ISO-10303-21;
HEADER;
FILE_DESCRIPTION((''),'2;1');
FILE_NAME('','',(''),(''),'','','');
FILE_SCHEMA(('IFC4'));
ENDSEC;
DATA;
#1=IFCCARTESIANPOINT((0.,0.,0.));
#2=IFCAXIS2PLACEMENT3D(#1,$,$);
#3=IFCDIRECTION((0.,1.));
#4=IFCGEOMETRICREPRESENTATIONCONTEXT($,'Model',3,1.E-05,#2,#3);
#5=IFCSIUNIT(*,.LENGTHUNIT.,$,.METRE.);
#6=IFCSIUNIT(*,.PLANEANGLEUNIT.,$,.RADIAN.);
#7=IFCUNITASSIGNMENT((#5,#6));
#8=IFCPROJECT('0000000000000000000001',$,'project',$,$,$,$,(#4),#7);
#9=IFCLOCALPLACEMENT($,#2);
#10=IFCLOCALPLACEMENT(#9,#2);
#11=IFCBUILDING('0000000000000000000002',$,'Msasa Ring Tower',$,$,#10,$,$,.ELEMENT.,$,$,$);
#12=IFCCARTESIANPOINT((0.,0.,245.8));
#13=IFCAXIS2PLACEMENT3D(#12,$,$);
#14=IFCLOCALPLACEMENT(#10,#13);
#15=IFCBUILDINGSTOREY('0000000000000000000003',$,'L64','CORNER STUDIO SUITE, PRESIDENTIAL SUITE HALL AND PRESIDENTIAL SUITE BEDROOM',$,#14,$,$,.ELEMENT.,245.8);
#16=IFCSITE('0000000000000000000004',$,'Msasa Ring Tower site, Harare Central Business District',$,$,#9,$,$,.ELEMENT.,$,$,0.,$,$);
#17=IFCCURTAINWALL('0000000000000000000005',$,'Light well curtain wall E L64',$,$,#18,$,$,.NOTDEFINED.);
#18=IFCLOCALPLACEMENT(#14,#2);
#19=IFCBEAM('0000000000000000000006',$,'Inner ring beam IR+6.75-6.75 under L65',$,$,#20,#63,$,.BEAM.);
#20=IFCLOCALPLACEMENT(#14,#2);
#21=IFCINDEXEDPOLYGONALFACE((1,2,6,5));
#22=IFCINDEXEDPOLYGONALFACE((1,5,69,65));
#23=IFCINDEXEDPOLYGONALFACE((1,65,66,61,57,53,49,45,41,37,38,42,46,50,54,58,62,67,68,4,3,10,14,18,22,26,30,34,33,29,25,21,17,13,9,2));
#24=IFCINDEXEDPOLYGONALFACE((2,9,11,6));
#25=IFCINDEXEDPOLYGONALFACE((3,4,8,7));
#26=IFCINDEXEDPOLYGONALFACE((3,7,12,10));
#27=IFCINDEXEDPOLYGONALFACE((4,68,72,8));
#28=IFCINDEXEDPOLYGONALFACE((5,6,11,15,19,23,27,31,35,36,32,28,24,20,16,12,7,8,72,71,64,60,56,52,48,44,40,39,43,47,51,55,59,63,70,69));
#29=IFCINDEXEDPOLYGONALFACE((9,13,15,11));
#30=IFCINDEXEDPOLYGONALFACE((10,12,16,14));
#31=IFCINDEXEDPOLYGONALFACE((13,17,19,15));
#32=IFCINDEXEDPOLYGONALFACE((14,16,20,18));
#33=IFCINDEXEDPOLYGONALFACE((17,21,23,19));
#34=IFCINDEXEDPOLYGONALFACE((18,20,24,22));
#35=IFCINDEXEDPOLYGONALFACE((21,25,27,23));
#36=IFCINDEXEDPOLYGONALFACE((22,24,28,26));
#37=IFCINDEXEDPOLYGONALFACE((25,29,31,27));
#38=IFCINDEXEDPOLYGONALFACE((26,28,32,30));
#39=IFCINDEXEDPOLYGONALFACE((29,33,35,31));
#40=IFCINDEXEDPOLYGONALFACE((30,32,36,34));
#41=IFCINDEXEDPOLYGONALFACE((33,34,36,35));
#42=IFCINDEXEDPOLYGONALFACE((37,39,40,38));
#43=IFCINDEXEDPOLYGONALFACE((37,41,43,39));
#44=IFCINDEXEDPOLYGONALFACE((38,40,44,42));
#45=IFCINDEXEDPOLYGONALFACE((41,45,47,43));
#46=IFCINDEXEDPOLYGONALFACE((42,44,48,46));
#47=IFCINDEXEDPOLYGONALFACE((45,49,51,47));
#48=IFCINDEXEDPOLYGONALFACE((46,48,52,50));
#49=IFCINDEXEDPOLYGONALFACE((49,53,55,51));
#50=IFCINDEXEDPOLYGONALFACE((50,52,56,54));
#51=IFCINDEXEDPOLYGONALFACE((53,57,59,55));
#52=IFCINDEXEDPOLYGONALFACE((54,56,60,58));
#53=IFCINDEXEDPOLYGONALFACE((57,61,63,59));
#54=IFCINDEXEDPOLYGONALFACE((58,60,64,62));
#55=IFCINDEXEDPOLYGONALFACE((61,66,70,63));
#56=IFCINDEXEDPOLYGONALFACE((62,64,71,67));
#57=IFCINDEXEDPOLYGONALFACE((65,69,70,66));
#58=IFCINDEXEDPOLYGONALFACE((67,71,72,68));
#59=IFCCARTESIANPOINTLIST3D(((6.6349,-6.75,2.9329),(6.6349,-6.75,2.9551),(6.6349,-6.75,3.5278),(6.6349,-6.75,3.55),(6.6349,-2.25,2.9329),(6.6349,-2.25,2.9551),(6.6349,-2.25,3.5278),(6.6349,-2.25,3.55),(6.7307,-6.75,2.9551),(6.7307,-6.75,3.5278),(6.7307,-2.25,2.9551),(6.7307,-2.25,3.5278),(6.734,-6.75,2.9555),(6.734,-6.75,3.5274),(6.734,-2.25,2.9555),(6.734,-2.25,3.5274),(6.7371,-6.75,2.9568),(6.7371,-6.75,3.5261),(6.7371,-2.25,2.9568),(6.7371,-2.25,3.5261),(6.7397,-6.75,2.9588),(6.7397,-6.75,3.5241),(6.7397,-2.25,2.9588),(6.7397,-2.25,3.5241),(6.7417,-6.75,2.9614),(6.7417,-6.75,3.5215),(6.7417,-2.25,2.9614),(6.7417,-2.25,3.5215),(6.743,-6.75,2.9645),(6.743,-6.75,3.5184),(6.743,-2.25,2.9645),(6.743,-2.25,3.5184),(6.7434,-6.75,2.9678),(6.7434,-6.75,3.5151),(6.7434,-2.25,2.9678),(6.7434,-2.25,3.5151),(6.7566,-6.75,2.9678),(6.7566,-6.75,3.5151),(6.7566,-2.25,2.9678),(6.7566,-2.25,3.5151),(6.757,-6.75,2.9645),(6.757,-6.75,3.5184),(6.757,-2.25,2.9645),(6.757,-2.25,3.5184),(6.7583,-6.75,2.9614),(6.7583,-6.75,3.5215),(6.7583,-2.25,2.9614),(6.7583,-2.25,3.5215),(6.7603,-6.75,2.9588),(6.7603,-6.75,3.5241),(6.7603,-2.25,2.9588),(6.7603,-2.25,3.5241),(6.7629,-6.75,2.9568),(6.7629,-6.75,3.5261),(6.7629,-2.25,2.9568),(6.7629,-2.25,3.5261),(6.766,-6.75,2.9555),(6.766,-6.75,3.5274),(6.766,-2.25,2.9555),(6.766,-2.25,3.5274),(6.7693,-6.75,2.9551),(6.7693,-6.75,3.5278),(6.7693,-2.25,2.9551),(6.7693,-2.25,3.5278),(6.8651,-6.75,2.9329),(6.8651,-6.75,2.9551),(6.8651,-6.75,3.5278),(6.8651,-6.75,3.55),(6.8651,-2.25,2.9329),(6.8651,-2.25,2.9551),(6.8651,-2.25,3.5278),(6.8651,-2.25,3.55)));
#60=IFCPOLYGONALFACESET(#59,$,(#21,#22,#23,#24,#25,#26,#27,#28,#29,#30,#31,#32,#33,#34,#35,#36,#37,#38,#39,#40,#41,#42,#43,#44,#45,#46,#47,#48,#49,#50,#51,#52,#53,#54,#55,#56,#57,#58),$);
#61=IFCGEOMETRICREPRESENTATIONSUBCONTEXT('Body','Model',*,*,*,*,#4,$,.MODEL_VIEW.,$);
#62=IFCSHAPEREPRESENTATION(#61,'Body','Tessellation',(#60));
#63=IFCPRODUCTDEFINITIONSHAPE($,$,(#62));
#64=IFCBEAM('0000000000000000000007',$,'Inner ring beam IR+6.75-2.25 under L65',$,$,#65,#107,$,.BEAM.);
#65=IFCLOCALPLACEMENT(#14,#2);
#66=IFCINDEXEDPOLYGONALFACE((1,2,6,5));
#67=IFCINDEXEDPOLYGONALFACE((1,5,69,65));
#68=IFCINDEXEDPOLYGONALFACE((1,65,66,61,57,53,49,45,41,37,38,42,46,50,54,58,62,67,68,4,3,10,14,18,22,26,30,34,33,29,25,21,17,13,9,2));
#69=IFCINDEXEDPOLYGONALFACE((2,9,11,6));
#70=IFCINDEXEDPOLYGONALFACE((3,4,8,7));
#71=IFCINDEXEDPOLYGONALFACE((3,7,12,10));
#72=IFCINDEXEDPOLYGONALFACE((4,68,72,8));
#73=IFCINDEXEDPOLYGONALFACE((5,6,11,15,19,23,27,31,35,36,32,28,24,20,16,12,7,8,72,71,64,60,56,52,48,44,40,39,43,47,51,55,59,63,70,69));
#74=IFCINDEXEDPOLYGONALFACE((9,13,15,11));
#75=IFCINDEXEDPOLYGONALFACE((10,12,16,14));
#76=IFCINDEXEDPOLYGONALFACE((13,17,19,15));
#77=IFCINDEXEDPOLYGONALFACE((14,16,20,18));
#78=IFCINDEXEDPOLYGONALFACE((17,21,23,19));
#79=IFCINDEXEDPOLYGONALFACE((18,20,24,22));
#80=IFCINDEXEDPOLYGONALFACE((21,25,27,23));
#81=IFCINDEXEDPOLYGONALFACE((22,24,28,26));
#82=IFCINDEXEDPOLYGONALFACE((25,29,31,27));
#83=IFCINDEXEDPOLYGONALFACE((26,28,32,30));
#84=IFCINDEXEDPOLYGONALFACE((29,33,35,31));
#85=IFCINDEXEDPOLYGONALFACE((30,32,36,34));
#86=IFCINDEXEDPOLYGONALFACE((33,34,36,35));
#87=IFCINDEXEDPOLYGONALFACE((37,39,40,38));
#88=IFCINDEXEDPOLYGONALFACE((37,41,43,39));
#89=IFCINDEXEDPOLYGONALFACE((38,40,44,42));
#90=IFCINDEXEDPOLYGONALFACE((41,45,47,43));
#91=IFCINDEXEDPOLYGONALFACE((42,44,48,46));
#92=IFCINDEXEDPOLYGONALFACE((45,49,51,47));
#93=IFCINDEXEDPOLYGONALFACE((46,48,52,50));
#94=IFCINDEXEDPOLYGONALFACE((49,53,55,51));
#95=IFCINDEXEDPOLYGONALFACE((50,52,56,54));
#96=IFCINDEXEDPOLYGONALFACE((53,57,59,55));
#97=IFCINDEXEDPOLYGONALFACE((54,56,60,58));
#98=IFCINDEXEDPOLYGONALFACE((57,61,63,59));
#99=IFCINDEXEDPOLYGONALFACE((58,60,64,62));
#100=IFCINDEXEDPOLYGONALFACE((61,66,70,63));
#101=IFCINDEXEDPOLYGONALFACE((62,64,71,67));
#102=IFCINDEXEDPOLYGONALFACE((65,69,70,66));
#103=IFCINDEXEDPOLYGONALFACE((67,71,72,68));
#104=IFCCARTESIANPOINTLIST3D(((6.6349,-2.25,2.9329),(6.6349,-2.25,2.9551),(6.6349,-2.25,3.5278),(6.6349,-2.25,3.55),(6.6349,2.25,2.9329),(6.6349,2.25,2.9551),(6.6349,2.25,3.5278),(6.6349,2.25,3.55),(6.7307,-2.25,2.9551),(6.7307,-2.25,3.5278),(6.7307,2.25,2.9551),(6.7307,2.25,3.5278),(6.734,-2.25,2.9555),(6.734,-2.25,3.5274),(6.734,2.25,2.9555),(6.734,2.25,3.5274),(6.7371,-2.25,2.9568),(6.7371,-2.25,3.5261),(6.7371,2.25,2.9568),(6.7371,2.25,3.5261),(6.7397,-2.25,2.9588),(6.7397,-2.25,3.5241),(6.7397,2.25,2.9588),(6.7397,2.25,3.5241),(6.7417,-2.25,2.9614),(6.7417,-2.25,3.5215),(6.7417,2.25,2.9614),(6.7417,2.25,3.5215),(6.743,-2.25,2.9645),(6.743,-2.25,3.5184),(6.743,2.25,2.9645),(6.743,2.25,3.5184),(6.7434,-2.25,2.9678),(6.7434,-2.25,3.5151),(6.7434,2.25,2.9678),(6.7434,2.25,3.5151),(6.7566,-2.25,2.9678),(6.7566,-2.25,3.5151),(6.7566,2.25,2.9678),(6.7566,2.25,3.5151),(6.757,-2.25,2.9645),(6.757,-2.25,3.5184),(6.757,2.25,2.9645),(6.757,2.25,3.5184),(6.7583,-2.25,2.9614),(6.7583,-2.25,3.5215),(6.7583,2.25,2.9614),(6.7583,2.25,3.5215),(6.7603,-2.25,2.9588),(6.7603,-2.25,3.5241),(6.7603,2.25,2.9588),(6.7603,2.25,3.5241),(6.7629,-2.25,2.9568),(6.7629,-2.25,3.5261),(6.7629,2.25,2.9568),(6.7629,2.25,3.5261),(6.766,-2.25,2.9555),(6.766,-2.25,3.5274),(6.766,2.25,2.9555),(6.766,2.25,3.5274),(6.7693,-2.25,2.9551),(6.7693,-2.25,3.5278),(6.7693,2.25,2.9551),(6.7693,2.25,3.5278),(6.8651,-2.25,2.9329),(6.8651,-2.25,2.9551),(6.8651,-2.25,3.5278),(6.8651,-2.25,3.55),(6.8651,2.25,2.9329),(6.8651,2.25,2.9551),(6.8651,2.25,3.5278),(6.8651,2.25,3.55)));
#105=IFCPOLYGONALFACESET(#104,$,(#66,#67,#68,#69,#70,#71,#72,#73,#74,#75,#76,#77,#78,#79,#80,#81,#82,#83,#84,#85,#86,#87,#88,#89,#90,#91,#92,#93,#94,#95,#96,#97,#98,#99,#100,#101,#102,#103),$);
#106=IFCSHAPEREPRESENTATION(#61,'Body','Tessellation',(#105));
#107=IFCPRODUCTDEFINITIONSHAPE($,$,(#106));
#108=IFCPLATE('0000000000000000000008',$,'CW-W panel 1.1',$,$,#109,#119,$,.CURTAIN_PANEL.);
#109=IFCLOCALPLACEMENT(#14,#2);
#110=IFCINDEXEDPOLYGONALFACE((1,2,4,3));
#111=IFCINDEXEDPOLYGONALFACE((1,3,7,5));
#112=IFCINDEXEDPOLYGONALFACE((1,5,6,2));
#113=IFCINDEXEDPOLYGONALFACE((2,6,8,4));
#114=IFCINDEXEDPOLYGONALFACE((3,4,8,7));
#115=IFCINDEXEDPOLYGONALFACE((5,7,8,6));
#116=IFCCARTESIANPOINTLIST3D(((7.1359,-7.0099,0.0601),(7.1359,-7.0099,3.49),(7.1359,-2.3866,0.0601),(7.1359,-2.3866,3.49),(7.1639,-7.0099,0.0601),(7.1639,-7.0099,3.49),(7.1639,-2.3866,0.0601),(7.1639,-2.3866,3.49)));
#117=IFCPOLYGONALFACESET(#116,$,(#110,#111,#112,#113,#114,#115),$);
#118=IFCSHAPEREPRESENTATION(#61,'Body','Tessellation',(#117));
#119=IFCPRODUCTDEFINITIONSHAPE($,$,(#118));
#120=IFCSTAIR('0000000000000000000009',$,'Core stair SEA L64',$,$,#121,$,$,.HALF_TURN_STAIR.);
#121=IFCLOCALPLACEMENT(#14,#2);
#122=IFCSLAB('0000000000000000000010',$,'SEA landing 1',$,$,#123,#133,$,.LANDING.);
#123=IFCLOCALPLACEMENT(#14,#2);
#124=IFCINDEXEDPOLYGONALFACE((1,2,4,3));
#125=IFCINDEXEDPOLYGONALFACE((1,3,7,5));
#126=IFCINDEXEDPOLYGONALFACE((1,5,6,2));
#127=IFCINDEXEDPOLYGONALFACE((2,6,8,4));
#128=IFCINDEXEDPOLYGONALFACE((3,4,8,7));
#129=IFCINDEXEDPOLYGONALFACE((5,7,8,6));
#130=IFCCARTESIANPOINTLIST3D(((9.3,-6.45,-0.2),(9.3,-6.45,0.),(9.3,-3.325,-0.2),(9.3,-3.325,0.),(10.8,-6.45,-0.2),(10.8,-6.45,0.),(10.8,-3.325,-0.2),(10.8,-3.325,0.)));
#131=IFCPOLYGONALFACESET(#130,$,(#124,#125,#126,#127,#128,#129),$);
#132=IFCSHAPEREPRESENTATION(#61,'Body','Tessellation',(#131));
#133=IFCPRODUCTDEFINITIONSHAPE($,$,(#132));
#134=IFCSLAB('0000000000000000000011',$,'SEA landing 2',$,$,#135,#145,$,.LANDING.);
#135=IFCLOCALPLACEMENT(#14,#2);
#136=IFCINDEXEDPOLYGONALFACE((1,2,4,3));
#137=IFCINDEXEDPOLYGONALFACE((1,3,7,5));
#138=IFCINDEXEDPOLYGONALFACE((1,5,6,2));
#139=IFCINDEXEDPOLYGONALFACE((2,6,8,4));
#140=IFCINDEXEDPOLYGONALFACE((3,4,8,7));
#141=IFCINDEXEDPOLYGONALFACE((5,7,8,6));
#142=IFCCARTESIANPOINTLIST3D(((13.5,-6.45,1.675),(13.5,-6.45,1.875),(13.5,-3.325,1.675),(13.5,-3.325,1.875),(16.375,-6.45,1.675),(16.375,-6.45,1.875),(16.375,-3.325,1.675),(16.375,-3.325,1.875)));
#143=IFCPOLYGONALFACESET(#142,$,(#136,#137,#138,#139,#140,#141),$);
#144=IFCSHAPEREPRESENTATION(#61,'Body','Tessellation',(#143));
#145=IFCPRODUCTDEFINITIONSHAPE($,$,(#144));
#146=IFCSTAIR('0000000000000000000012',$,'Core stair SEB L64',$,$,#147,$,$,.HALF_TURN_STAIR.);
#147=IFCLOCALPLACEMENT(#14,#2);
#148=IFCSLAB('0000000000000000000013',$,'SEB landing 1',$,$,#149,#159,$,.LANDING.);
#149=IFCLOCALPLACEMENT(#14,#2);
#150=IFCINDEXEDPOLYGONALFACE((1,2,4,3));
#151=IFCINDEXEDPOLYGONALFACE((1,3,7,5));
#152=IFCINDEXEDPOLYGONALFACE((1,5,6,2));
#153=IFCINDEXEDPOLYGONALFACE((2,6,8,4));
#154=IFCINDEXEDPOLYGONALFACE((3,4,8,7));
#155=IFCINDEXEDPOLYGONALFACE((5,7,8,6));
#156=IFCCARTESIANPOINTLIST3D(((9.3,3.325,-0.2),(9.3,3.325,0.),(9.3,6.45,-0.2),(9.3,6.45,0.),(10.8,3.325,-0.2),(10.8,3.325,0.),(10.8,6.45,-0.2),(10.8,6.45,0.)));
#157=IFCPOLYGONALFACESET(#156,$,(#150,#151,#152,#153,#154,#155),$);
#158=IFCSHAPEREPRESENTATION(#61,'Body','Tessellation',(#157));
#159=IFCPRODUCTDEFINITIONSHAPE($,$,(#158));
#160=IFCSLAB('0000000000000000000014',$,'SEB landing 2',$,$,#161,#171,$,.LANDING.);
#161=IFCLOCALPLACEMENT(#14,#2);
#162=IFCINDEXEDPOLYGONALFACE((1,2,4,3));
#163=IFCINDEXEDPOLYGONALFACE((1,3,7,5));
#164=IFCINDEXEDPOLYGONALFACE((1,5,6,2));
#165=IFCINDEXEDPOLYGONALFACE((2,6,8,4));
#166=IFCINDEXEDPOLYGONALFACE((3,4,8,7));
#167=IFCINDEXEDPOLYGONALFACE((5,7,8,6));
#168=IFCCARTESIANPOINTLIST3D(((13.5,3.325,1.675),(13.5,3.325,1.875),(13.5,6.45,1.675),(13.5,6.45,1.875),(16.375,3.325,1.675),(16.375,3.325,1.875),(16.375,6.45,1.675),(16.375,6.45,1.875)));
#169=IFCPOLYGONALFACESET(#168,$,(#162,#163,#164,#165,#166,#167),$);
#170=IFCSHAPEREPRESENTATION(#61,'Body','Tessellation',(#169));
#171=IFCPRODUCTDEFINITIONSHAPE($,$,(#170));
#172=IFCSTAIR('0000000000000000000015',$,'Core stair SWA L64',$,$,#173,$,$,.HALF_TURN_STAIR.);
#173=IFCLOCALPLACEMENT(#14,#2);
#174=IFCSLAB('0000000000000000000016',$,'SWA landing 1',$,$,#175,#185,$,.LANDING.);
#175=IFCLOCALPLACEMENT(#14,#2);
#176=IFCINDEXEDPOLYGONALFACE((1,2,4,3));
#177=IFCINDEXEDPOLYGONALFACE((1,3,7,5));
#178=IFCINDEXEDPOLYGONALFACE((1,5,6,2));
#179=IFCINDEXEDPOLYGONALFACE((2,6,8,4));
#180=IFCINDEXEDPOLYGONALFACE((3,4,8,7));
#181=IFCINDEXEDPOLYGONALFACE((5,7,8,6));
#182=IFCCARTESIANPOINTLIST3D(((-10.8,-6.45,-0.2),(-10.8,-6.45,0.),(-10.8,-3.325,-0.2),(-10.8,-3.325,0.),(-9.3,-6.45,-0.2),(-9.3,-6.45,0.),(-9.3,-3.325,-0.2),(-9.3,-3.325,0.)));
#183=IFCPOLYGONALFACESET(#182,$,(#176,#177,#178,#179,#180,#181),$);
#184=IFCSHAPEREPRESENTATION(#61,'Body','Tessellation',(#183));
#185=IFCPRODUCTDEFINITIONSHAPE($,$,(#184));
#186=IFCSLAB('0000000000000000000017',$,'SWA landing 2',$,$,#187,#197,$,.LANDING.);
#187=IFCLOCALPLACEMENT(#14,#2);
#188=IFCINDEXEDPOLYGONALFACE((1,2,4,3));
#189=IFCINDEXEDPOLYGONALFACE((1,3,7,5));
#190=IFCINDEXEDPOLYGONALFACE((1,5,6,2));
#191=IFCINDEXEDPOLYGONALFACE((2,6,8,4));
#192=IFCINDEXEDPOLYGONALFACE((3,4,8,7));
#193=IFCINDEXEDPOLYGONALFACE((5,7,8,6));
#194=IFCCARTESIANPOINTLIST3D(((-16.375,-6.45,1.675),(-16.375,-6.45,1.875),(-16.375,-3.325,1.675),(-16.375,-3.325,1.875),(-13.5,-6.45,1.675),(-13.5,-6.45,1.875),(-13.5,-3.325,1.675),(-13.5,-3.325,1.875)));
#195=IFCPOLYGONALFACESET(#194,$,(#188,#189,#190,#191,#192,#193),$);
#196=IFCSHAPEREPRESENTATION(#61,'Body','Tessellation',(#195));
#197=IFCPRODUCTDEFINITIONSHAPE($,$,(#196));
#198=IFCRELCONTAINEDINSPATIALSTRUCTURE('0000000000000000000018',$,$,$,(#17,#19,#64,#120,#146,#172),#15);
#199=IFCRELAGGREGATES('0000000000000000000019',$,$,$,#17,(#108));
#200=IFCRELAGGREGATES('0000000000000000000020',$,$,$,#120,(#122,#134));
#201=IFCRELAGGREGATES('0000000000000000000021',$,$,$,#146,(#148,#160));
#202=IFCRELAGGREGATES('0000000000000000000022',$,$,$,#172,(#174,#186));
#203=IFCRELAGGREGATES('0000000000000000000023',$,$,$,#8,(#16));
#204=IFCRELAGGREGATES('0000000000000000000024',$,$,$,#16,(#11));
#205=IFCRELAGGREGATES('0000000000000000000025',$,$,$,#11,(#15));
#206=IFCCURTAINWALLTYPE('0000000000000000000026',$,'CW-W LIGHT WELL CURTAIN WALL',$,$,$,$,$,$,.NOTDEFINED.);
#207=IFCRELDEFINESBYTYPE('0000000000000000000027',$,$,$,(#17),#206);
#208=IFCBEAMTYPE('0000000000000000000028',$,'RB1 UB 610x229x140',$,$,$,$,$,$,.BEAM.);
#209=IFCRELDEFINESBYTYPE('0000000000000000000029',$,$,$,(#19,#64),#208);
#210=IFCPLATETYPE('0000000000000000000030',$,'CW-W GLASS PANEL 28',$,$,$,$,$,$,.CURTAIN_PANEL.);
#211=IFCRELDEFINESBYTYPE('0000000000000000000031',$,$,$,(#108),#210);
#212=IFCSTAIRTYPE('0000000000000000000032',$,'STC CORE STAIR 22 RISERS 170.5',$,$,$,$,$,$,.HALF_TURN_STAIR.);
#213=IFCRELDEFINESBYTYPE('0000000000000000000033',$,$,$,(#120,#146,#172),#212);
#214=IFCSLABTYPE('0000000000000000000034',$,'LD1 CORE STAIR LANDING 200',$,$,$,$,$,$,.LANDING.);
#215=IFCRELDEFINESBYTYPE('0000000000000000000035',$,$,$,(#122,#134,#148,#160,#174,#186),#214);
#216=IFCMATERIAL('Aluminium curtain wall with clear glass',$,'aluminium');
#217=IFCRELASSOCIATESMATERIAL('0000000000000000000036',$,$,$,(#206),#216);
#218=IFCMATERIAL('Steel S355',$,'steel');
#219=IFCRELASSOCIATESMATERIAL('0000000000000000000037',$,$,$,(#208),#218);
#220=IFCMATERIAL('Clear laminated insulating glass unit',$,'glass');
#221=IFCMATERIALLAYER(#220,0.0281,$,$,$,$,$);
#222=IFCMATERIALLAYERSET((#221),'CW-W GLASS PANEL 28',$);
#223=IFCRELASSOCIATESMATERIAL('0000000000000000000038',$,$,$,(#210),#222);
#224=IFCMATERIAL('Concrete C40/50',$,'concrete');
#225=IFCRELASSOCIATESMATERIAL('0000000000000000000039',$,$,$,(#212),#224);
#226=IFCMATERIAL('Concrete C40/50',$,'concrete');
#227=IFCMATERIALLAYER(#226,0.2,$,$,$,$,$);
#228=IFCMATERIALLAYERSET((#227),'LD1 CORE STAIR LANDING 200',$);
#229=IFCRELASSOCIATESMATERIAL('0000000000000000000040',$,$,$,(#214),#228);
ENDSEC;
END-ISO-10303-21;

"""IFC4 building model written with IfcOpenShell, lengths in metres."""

from ifc_helpers import new_model, si_unit, direction, frame, origin, origin_2d, place, context, subcontext, project, spatial, polyline, rectangle, i_section, outline, extrude, material, layer, layer_set, material_profile, profile_set, type_object, element, aggregate, save


model = new_model("IFC4")

# Units and contexts
model_context = context("Model", 3, precision=1e-05, world=origin(), true_north=direction((0.0, 1.0)))
body_context = subcontext(model_context, "Body", "Model", "MODEL_VIEW")
ifc_project = project(units=[si_unit("LENGTHUNIT", "METRE"), si_unit("PLANEANGLEUNIT", "RADIAN")], contexts=[model_context])

# Site, building, storey
site_placement = place(None, origin())
site = spatial("IfcSite", under=ifc_project, at=site_placement, Name="Msasa Ring Tower site, Harare Central Business District", CompositionType="ELEMENT", RefElevation=0.0)
building_placement = place(site_placement, origin())
building = spatial("IfcBuilding", under=site, at=building_placement, Name="Msasa Ring Tower", CompositionType="ELEMENT")
storey_placement = place(building_placement, frame((0.0, 0.0, 245.8)))
storey = spatial("IfcBuildingStorey", under=building, at=storey_placement, Name="L64", Description="CORNER STUDIO SUITE, PRESIDENTIAL SUITE HALL AND PRESIDENTIAL SUITE BEDROOM", CompositionType="ELEMENT", Elevation=245.8)

# Curtain wall
ifc_material_1 = material(Name="Aluminium curtain wall with clear glass", Category="aluminium")
curtain_wall_type = type_object("IfcCurtainWallType", Name="CW-W LIGHT WELL CURTAIN WALL", PredefinedType="NOTDEFINED", material=ifc_material_1)
curtain_wall_placement = place(storey_placement, origin())
curtain_wall = element("IfcCurtainWall", 1, at=curtain_wall_placement, inside=storey, type_object=curtain_wall_type, Name="Light well curtain wall E L64", PredefinedType="NOTDEFINED")

# Beams
ifc_material_2 = material(Name="Steel S355", Category="steel")
ifc_material_profile_1 = material_profile(ifc_material_2, i_section(OverallWidth=0.2302, OverallDepth=0.6172, WebThickness=0.0132, FlangeThickness=0.0222, FilletRadius=0.0127, at=origin_2d()), Name="UB 610x229x140")
ifc_profile_set_1 = profile_set([ifc_material_profile_1], Name="Steel S355")
beam_type = type_object("IfcBeamType", Name="RB1 UB 610x229x140", PredefinedType="BEAM", material=ifc_profile_set_1)
for number, where, z_axis, x_axis, name in (
    (2, (6.75, -6.75, 3.2415), (0.0, 1.0, 0.0), (-1.0, 0.0, 0.0), "Inner ring beam IR+6.75-6.75 under L65"),
    (3, (6.75, -2.25, 3.2415), (0.0, 1.0, 0.0), (-1.0, 0.0, 0.0), "Inner ring beam IR+6.75-2.25 under L65"),
):
    element("IfcBeam", number, at=place(storey_placement, frame(where, z_axis=z_axis, x_axis=x_axis)), inside=storey, type_object=beam_type, Name=name, PredefinedType="BEAM", context=body_context, shape_type="SweptSolid", body=[
        extrude(i_section(OverallWidth=0.2302, OverallDepth=0.6172, WebThickness=0.0132, FlangeThickness=0.0222, FilletRadius=0.0127, at=origin_2d()), origin(), (0.0, 0.0, 1.0), 4.5),
    ])

# Plate
ifc_material_3 = material(Name="Clear laminated insulating glass unit", Category="glass")
ifc_layer_1 = layer(ifc_material_3, 0.0281)
ifc_layer_set_1 = layer_set([ifc_layer_1], Name="CW-W GLASS PANEL 28")
plate_type = type_object("IfcPlateType", Name="CW-W GLASS PANEL 28", PredefinedType="CURTAIN_PANEL", material=ifc_layer_set_1)
plate_placement = place(storey_placement, frame((7.1499, -4.6982, 0.0601), z_axis=(0.0, 0.0, 1.0), x_axis=(0.0, 1.0, 0.0)))
plate = element("IfcPlate", 4, at=plate_placement, type_object=plate_type, Name="CW-W panel 1.1", PredefinedType="CURTAIN_PANEL", context=body_context, shape_type="SweptSolid", body=[
    extrude(rectangle(XDim=4.6233, YDim=0.0281, at=origin_2d()), origin(), (0.0, 0.0, 1.0), 3.4299),
])
aggregate(curtain_wall, [plate])

# Stairs, slabs
ifc_material_4 = material(Name="Concrete C40/50", Category="concrete")
stair_type = type_object("IfcStairType", Name="STC CORE STAIR 22 RISERS 170.5", PredefinedType="HALF_TURN_STAIR", material=ifc_material_4)
stair_1_placement = place(storey_placement, origin())
stair_1 = element("IfcStair", 5, at=stair_1_placement, inside=storey, type_object=stair_type, Name="Core stair SEA L64", PredefinedType="HALF_TURN_STAIR")
ifc_material_5 = material(Name="Concrete C40/50", Category="concrete")
ifc_layer_2 = layer(ifc_material_5, 0.2)
ifc_layer_set_2 = layer_set([ifc_layer_2], Name="LD1 CORE STAIR LANDING 200")
slab_type = type_object("IfcSlabType", Name="LD1 CORE STAIR LANDING 200", PredefinedType="LANDING", material=ifc_layer_set_2)
slab_1_placement = place(storey_placement, frame((0.0, 0.0, -0.2)))
slab_1 = element("IfcSlab", 6, at=slab_1_placement, type_object=slab_type, Name="SEA landing 1", PredefinedType="LANDING", context=body_context, shape_type="SweptSolid", body=[
    extrude(outline(polyline([(9.3, -6.45), (10.8, -6.45), (10.8, -3.325), (9.3, -3.325), (9.3, -6.45)])), origin(), (0.0, 0.0, 1.0), 0.2),
])
slab_2_placement = place(storey_placement, frame((0.0, 0.0, 1.675)))
slab_2 = element("IfcSlab", 7, at=slab_2_placement, type_object=slab_type, Name="SEA landing 2", PredefinedType="LANDING", context=body_context, shape_type="SweptSolid", body=[
    extrude(outline(polyline([(13.5, -6.45), (16.375, -6.45), (16.375, -3.325), (13.5, -3.325), (13.5, -6.45)])), origin(), (0.0, 0.0, 1.0), 0.2),
])
aggregate(stair_1, [slab_1, slab_2])
stair_2_placement = place(storey_placement, origin())
stair_2 = element("IfcStair", 8, at=stair_2_placement, inside=storey, type_object=stair_type, Name="Core stair SEB L64", PredefinedType="HALF_TURN_STAIR")
slab_3_placement = place(storey_placement, frame((0.0, 0.0, -0.2)))
slab_3 = element("IfcSlab", 9, at=slab_3_placement, type_object=slab_type, Name="SEB landing 1", PredefinedType="LANDING", context=body_context, shape_type="SweptSolid", body=[
    extrude(outline(polyline([(9.3, 3.325), (10.8, 3.325), (10.8, 6.45), (9.3, 6.45), (9.3, 3.325)])), origin(), (0.0, 0.0, 1.0), 0.2),
])
slab_4_placement = place(storey_placement, frame((0.0, 0.0, 1.675)))
slab_4 = element("IfcSlab", 10, at=slab_4_placement, type_object=slab_type, Name="SEB landing 2", PredefinedType="LANDING", context=body_context, shape_type="SweptSolid", body=[
    extrude(outline(polyline([(13.5, 3.325), (16.375, 3.325), (16.375, 6.45), (13.5, 6.45), (13.5, 3.325)])), origin(), (0.0, 0.0, 1.0), 0.2),
])
aggregate(stair_2, [slab_3, slab_4])
stair_3_placement = place(storey_placement, origin())
stair_3 = element("IfcStair", 11, at=stair_3_placement, inside=storey, type_object=stair_type, Name="Core stair SWA L64", PredefinedType="HALF_TURN_STAIR")
slab_5_placement = place(storey_placement, frame((0.0, 0.0, -0.2)))
slab_5 = element("IfcSlab", 12, at=slab_5_placement, type_object=slab_type, Name="SWA landing 1", PredefinedType="LANDING", context=body_context, shape_type="SweptSolid", body=[
    extrude(outline(polyline([(-10.8, -6.45), (-9.3, -6.45), (-9.3, -3.325), (-10.8, -3.325), (-10.8, -6.45)])), origin(), (0.0, 0.0, 1.0), 0.2),
])
slab_6_placement = place(storey_placement, frame((0.0, 0.0, 1.675)))
slab_6 = element("IfcSlab", 13, at=slab_6_placement, type_object=slab_type, Name="SWA landing 2", PredefinedType="LANDING", context=body_context, shape_type="SweptSolid", body=[
    extrude(outline(polyline([(-16.375, -6.45), (-13.5, -6.45), (-13.5, -3.325), (-16.375, -3.325), (-16.375, -6.45)])), origin(), (0.0, 0.0, 1.0), 0.2),
])
aggregate(stair_3, [slab_5, slab_6])

save(model, "model.ifc")
